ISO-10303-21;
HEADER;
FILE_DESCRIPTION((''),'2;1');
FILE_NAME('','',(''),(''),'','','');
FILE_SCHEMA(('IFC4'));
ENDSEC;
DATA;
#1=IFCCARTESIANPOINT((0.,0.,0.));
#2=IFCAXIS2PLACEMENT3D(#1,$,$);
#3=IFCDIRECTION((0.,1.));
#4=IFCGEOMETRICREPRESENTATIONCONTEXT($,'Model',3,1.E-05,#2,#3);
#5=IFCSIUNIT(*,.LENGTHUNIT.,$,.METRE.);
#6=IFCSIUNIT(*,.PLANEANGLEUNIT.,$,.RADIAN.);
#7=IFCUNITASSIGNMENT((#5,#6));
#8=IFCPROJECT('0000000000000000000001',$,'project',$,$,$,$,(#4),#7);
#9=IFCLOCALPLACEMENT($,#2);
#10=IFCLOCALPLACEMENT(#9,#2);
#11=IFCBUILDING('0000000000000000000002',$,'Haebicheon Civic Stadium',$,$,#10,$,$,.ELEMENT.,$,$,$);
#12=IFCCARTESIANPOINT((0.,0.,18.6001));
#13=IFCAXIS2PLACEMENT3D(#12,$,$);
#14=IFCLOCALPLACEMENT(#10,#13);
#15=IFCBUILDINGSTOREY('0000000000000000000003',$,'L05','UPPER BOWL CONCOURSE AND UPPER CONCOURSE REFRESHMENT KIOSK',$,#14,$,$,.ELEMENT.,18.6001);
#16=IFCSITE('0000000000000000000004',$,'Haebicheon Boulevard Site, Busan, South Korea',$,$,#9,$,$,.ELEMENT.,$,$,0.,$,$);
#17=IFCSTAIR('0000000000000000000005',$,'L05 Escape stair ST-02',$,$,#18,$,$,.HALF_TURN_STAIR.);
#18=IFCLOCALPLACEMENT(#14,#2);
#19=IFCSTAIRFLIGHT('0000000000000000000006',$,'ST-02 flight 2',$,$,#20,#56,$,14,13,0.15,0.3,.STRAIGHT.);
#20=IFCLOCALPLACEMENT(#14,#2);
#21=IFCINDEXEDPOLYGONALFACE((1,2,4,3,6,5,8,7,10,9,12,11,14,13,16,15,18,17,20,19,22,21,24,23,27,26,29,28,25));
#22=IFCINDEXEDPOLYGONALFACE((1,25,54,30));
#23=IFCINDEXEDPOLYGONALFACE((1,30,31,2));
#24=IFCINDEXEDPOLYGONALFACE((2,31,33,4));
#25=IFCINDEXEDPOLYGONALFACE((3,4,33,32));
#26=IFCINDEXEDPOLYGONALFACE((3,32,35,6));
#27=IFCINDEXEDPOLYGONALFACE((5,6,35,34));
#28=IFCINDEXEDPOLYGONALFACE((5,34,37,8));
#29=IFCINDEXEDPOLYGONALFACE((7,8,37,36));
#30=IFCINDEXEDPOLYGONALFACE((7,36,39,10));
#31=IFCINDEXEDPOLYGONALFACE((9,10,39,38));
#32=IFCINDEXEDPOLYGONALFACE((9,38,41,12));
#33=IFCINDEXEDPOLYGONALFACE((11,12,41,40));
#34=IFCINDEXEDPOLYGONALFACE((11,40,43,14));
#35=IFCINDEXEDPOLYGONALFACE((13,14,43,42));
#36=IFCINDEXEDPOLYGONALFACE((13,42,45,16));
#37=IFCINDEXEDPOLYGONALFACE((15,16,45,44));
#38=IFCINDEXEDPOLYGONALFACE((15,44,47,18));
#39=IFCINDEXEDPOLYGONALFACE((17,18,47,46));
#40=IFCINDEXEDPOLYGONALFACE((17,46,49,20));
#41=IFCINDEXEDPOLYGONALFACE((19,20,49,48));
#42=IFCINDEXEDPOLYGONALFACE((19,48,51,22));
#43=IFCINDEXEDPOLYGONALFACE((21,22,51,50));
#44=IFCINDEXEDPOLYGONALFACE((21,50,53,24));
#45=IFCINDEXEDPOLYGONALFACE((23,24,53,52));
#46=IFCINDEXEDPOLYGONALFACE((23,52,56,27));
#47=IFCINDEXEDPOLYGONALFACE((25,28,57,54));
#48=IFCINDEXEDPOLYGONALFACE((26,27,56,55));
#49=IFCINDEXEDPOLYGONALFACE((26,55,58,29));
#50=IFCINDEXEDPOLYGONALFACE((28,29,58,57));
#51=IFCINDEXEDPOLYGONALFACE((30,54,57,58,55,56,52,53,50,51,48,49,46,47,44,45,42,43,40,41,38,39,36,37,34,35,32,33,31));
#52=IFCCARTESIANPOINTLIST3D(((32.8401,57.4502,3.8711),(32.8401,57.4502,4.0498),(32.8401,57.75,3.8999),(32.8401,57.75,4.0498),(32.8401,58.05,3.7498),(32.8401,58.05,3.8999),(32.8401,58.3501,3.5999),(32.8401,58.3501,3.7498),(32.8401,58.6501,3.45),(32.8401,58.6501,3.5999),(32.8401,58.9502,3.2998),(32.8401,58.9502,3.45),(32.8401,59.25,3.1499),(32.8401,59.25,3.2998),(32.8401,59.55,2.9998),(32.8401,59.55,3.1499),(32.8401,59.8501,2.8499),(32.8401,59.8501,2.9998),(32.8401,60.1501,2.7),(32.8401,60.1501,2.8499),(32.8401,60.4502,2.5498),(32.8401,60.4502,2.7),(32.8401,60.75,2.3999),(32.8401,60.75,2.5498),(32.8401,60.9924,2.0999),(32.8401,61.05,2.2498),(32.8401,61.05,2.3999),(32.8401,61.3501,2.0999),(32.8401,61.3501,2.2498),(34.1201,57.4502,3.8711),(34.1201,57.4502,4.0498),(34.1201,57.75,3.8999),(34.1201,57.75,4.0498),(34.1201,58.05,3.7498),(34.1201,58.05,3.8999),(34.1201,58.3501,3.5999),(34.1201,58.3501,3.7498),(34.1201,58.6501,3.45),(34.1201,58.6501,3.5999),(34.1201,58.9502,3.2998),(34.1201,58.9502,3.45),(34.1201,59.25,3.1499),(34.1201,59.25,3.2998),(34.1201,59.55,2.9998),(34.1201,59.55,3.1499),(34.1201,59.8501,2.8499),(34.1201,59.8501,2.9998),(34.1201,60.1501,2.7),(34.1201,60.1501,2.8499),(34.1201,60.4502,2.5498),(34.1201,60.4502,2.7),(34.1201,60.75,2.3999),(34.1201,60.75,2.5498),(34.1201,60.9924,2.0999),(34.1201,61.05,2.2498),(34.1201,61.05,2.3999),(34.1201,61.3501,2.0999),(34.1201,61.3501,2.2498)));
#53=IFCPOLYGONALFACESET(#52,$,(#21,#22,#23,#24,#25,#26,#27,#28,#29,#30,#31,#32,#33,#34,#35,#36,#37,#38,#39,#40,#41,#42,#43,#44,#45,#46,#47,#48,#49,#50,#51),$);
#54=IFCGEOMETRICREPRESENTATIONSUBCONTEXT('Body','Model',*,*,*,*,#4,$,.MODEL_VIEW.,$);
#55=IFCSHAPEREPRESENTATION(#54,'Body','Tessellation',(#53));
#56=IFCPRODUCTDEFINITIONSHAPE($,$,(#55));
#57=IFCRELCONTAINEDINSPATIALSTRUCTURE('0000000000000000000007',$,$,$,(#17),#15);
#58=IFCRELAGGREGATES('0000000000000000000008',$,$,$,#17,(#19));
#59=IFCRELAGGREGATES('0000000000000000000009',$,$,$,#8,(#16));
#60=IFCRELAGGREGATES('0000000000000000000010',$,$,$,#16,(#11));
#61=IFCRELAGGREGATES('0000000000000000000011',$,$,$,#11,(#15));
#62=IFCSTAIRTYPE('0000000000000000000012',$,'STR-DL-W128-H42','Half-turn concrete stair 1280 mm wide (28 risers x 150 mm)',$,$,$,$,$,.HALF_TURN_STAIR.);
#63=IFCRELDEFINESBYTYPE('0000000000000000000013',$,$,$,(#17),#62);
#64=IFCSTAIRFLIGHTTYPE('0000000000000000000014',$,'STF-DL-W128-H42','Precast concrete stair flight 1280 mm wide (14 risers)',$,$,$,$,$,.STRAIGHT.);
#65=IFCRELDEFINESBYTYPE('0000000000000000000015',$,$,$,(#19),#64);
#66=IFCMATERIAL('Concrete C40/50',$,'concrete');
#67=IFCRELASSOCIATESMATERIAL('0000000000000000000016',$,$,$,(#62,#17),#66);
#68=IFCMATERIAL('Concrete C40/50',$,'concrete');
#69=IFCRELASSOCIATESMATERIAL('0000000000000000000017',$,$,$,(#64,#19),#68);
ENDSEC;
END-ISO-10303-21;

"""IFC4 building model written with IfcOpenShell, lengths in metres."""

from ifc_helpers import new_model, si_unit, direction, frame, origin, place, context, subcontext, project, spatial, polyline, outline, extrude, material, type_object, element, aggregate, save


model = new_model("IFC4")

# Units and contexts
model_context = context("Model", 3, precision=1e-05, world=origin(), true_north=direction((0.0, 1.0)))
body_context = subcontext(model_context, "Body", "Model", "MODEL_VIEW")
ifc_project = project(units=[si_unit("LENGTHUNIT", "METRE"), si_unit("PLANEANGLEUNIT", "RADIAN")], contexts=[model_context])

# Site, building, storey
site_placement = place(None, origin())
site = spatial("IfcSite", under=ifc_project, at=site_placement, Name="Haebicheon Boulevard Site, Busan, South Korea", CompositionType="ELEMENT", RefElevation=0.0)
building_placement = place(site_placement, origin())
building = spatial("IfcBuilding", under=site, at=building_placement, Name="Haebicheon Civic Stadium", CompositionType="ELEMENT")
storey_placement = place(building_placement, frame((0.0, 0.0, 18.6001)))
storey = spatial("IfcBuildingStorey", under=building, at=storey_placement, Name="L05", Description="UPPER BOWL CONCOURSE AND UPPER CONCOURSE REFRESHMENT KIOSK", CompositionType="ELEMENT", Elevation=18.6001)

# Stair, stair flight
ifc_material_1 = material(Name="Concrete C40/50", Category="concrete")
stair_type = type_object("IfcStairType", Name="STR-DL-W128-H42", Description="Half-turn concrete stair 1280 mm wide (28 risers x 150 mm)", PredefinedType="HALF_TURN_STAIR", material=ifc_material_1)
stair_placement = place(storey_placement, origin())
stair = element("IfcStair", 1, at=stair_placement, inside=storey, type_object=stair_type, material=ifc_material_1, Name="L05 Escape stair ST-02", PredefinedType="HALF_TURN_STAIR")
ifc_material_2 = material(Name="Concrete C40/50", Category="concrete")
stair_flight_type = type_object("IfcStairFlightType", Name="STF-DL-W128-H42", Description="Precast concrete stair flight 1280 mm wide (14 risers)", PredefinedType="STRAIGHT", material=ifc_material_2)
stair_flight_1_placement = place(storey_placement, frame((33.48, 61.3501, 2.0999), z_axis=(0.0, 0.0, 1.0), x_axis=(0.0, -1.0, 0.0)))
stair_flight_1 = element("IfcStairFlight", 2, at=stair_flight_1_placement, type_object=stair_flight_type, material=ifc_material_2, Name="ST-02 flight 2", NumberOfRisers=14, NumberOfTreads=13, PredefinedType="STRAIGHT", RiserHeight=0.15, TreadLength=0.3, context=body_context, shape_type="SweptSolid", body=[
    extrude(outline(polyline([(0.0, 0.0), (0.0, 0.1499), (0.3, 0.1499), (0.3, 0.3), (0.6001, 0.3), (0.6001, 0.45), (0.8999, 0.45), (0.8999, 0.6001), (1.2, 0.6001), (1.2, 0.75), (1.5, 0.75), (1.5, 0.8999), (1.8, 0.8999), (1.8, 1.05), (2.1001, 1.05), (2.1001, 1.2), (2.3999, 1.2), (2.3999, 1.3501), (2.7, 1.3501), (2.7, 1.5), (3.0, 1.5), (3.0, 1.6499), (3.3, 1.6499), (3.3, 1.8), (3.6001, 1.8), (3.6001, 1.95), (3.8999, 1.95), (3.8999, 2.1001), (3.8999, 1.7712), (0.3577, 0.0), (0.0, 0.0)])), frame((0.0, 0.6401, 0.0), z_axis=(0.0, -1.0, 0.0), x_axis=(1.0, 0.0, 0.0)), (0.0, 0.0, 1.0), 1.28),
])
aggregate(stair, [stair_flight_1])

save(model, "model.ifc")
